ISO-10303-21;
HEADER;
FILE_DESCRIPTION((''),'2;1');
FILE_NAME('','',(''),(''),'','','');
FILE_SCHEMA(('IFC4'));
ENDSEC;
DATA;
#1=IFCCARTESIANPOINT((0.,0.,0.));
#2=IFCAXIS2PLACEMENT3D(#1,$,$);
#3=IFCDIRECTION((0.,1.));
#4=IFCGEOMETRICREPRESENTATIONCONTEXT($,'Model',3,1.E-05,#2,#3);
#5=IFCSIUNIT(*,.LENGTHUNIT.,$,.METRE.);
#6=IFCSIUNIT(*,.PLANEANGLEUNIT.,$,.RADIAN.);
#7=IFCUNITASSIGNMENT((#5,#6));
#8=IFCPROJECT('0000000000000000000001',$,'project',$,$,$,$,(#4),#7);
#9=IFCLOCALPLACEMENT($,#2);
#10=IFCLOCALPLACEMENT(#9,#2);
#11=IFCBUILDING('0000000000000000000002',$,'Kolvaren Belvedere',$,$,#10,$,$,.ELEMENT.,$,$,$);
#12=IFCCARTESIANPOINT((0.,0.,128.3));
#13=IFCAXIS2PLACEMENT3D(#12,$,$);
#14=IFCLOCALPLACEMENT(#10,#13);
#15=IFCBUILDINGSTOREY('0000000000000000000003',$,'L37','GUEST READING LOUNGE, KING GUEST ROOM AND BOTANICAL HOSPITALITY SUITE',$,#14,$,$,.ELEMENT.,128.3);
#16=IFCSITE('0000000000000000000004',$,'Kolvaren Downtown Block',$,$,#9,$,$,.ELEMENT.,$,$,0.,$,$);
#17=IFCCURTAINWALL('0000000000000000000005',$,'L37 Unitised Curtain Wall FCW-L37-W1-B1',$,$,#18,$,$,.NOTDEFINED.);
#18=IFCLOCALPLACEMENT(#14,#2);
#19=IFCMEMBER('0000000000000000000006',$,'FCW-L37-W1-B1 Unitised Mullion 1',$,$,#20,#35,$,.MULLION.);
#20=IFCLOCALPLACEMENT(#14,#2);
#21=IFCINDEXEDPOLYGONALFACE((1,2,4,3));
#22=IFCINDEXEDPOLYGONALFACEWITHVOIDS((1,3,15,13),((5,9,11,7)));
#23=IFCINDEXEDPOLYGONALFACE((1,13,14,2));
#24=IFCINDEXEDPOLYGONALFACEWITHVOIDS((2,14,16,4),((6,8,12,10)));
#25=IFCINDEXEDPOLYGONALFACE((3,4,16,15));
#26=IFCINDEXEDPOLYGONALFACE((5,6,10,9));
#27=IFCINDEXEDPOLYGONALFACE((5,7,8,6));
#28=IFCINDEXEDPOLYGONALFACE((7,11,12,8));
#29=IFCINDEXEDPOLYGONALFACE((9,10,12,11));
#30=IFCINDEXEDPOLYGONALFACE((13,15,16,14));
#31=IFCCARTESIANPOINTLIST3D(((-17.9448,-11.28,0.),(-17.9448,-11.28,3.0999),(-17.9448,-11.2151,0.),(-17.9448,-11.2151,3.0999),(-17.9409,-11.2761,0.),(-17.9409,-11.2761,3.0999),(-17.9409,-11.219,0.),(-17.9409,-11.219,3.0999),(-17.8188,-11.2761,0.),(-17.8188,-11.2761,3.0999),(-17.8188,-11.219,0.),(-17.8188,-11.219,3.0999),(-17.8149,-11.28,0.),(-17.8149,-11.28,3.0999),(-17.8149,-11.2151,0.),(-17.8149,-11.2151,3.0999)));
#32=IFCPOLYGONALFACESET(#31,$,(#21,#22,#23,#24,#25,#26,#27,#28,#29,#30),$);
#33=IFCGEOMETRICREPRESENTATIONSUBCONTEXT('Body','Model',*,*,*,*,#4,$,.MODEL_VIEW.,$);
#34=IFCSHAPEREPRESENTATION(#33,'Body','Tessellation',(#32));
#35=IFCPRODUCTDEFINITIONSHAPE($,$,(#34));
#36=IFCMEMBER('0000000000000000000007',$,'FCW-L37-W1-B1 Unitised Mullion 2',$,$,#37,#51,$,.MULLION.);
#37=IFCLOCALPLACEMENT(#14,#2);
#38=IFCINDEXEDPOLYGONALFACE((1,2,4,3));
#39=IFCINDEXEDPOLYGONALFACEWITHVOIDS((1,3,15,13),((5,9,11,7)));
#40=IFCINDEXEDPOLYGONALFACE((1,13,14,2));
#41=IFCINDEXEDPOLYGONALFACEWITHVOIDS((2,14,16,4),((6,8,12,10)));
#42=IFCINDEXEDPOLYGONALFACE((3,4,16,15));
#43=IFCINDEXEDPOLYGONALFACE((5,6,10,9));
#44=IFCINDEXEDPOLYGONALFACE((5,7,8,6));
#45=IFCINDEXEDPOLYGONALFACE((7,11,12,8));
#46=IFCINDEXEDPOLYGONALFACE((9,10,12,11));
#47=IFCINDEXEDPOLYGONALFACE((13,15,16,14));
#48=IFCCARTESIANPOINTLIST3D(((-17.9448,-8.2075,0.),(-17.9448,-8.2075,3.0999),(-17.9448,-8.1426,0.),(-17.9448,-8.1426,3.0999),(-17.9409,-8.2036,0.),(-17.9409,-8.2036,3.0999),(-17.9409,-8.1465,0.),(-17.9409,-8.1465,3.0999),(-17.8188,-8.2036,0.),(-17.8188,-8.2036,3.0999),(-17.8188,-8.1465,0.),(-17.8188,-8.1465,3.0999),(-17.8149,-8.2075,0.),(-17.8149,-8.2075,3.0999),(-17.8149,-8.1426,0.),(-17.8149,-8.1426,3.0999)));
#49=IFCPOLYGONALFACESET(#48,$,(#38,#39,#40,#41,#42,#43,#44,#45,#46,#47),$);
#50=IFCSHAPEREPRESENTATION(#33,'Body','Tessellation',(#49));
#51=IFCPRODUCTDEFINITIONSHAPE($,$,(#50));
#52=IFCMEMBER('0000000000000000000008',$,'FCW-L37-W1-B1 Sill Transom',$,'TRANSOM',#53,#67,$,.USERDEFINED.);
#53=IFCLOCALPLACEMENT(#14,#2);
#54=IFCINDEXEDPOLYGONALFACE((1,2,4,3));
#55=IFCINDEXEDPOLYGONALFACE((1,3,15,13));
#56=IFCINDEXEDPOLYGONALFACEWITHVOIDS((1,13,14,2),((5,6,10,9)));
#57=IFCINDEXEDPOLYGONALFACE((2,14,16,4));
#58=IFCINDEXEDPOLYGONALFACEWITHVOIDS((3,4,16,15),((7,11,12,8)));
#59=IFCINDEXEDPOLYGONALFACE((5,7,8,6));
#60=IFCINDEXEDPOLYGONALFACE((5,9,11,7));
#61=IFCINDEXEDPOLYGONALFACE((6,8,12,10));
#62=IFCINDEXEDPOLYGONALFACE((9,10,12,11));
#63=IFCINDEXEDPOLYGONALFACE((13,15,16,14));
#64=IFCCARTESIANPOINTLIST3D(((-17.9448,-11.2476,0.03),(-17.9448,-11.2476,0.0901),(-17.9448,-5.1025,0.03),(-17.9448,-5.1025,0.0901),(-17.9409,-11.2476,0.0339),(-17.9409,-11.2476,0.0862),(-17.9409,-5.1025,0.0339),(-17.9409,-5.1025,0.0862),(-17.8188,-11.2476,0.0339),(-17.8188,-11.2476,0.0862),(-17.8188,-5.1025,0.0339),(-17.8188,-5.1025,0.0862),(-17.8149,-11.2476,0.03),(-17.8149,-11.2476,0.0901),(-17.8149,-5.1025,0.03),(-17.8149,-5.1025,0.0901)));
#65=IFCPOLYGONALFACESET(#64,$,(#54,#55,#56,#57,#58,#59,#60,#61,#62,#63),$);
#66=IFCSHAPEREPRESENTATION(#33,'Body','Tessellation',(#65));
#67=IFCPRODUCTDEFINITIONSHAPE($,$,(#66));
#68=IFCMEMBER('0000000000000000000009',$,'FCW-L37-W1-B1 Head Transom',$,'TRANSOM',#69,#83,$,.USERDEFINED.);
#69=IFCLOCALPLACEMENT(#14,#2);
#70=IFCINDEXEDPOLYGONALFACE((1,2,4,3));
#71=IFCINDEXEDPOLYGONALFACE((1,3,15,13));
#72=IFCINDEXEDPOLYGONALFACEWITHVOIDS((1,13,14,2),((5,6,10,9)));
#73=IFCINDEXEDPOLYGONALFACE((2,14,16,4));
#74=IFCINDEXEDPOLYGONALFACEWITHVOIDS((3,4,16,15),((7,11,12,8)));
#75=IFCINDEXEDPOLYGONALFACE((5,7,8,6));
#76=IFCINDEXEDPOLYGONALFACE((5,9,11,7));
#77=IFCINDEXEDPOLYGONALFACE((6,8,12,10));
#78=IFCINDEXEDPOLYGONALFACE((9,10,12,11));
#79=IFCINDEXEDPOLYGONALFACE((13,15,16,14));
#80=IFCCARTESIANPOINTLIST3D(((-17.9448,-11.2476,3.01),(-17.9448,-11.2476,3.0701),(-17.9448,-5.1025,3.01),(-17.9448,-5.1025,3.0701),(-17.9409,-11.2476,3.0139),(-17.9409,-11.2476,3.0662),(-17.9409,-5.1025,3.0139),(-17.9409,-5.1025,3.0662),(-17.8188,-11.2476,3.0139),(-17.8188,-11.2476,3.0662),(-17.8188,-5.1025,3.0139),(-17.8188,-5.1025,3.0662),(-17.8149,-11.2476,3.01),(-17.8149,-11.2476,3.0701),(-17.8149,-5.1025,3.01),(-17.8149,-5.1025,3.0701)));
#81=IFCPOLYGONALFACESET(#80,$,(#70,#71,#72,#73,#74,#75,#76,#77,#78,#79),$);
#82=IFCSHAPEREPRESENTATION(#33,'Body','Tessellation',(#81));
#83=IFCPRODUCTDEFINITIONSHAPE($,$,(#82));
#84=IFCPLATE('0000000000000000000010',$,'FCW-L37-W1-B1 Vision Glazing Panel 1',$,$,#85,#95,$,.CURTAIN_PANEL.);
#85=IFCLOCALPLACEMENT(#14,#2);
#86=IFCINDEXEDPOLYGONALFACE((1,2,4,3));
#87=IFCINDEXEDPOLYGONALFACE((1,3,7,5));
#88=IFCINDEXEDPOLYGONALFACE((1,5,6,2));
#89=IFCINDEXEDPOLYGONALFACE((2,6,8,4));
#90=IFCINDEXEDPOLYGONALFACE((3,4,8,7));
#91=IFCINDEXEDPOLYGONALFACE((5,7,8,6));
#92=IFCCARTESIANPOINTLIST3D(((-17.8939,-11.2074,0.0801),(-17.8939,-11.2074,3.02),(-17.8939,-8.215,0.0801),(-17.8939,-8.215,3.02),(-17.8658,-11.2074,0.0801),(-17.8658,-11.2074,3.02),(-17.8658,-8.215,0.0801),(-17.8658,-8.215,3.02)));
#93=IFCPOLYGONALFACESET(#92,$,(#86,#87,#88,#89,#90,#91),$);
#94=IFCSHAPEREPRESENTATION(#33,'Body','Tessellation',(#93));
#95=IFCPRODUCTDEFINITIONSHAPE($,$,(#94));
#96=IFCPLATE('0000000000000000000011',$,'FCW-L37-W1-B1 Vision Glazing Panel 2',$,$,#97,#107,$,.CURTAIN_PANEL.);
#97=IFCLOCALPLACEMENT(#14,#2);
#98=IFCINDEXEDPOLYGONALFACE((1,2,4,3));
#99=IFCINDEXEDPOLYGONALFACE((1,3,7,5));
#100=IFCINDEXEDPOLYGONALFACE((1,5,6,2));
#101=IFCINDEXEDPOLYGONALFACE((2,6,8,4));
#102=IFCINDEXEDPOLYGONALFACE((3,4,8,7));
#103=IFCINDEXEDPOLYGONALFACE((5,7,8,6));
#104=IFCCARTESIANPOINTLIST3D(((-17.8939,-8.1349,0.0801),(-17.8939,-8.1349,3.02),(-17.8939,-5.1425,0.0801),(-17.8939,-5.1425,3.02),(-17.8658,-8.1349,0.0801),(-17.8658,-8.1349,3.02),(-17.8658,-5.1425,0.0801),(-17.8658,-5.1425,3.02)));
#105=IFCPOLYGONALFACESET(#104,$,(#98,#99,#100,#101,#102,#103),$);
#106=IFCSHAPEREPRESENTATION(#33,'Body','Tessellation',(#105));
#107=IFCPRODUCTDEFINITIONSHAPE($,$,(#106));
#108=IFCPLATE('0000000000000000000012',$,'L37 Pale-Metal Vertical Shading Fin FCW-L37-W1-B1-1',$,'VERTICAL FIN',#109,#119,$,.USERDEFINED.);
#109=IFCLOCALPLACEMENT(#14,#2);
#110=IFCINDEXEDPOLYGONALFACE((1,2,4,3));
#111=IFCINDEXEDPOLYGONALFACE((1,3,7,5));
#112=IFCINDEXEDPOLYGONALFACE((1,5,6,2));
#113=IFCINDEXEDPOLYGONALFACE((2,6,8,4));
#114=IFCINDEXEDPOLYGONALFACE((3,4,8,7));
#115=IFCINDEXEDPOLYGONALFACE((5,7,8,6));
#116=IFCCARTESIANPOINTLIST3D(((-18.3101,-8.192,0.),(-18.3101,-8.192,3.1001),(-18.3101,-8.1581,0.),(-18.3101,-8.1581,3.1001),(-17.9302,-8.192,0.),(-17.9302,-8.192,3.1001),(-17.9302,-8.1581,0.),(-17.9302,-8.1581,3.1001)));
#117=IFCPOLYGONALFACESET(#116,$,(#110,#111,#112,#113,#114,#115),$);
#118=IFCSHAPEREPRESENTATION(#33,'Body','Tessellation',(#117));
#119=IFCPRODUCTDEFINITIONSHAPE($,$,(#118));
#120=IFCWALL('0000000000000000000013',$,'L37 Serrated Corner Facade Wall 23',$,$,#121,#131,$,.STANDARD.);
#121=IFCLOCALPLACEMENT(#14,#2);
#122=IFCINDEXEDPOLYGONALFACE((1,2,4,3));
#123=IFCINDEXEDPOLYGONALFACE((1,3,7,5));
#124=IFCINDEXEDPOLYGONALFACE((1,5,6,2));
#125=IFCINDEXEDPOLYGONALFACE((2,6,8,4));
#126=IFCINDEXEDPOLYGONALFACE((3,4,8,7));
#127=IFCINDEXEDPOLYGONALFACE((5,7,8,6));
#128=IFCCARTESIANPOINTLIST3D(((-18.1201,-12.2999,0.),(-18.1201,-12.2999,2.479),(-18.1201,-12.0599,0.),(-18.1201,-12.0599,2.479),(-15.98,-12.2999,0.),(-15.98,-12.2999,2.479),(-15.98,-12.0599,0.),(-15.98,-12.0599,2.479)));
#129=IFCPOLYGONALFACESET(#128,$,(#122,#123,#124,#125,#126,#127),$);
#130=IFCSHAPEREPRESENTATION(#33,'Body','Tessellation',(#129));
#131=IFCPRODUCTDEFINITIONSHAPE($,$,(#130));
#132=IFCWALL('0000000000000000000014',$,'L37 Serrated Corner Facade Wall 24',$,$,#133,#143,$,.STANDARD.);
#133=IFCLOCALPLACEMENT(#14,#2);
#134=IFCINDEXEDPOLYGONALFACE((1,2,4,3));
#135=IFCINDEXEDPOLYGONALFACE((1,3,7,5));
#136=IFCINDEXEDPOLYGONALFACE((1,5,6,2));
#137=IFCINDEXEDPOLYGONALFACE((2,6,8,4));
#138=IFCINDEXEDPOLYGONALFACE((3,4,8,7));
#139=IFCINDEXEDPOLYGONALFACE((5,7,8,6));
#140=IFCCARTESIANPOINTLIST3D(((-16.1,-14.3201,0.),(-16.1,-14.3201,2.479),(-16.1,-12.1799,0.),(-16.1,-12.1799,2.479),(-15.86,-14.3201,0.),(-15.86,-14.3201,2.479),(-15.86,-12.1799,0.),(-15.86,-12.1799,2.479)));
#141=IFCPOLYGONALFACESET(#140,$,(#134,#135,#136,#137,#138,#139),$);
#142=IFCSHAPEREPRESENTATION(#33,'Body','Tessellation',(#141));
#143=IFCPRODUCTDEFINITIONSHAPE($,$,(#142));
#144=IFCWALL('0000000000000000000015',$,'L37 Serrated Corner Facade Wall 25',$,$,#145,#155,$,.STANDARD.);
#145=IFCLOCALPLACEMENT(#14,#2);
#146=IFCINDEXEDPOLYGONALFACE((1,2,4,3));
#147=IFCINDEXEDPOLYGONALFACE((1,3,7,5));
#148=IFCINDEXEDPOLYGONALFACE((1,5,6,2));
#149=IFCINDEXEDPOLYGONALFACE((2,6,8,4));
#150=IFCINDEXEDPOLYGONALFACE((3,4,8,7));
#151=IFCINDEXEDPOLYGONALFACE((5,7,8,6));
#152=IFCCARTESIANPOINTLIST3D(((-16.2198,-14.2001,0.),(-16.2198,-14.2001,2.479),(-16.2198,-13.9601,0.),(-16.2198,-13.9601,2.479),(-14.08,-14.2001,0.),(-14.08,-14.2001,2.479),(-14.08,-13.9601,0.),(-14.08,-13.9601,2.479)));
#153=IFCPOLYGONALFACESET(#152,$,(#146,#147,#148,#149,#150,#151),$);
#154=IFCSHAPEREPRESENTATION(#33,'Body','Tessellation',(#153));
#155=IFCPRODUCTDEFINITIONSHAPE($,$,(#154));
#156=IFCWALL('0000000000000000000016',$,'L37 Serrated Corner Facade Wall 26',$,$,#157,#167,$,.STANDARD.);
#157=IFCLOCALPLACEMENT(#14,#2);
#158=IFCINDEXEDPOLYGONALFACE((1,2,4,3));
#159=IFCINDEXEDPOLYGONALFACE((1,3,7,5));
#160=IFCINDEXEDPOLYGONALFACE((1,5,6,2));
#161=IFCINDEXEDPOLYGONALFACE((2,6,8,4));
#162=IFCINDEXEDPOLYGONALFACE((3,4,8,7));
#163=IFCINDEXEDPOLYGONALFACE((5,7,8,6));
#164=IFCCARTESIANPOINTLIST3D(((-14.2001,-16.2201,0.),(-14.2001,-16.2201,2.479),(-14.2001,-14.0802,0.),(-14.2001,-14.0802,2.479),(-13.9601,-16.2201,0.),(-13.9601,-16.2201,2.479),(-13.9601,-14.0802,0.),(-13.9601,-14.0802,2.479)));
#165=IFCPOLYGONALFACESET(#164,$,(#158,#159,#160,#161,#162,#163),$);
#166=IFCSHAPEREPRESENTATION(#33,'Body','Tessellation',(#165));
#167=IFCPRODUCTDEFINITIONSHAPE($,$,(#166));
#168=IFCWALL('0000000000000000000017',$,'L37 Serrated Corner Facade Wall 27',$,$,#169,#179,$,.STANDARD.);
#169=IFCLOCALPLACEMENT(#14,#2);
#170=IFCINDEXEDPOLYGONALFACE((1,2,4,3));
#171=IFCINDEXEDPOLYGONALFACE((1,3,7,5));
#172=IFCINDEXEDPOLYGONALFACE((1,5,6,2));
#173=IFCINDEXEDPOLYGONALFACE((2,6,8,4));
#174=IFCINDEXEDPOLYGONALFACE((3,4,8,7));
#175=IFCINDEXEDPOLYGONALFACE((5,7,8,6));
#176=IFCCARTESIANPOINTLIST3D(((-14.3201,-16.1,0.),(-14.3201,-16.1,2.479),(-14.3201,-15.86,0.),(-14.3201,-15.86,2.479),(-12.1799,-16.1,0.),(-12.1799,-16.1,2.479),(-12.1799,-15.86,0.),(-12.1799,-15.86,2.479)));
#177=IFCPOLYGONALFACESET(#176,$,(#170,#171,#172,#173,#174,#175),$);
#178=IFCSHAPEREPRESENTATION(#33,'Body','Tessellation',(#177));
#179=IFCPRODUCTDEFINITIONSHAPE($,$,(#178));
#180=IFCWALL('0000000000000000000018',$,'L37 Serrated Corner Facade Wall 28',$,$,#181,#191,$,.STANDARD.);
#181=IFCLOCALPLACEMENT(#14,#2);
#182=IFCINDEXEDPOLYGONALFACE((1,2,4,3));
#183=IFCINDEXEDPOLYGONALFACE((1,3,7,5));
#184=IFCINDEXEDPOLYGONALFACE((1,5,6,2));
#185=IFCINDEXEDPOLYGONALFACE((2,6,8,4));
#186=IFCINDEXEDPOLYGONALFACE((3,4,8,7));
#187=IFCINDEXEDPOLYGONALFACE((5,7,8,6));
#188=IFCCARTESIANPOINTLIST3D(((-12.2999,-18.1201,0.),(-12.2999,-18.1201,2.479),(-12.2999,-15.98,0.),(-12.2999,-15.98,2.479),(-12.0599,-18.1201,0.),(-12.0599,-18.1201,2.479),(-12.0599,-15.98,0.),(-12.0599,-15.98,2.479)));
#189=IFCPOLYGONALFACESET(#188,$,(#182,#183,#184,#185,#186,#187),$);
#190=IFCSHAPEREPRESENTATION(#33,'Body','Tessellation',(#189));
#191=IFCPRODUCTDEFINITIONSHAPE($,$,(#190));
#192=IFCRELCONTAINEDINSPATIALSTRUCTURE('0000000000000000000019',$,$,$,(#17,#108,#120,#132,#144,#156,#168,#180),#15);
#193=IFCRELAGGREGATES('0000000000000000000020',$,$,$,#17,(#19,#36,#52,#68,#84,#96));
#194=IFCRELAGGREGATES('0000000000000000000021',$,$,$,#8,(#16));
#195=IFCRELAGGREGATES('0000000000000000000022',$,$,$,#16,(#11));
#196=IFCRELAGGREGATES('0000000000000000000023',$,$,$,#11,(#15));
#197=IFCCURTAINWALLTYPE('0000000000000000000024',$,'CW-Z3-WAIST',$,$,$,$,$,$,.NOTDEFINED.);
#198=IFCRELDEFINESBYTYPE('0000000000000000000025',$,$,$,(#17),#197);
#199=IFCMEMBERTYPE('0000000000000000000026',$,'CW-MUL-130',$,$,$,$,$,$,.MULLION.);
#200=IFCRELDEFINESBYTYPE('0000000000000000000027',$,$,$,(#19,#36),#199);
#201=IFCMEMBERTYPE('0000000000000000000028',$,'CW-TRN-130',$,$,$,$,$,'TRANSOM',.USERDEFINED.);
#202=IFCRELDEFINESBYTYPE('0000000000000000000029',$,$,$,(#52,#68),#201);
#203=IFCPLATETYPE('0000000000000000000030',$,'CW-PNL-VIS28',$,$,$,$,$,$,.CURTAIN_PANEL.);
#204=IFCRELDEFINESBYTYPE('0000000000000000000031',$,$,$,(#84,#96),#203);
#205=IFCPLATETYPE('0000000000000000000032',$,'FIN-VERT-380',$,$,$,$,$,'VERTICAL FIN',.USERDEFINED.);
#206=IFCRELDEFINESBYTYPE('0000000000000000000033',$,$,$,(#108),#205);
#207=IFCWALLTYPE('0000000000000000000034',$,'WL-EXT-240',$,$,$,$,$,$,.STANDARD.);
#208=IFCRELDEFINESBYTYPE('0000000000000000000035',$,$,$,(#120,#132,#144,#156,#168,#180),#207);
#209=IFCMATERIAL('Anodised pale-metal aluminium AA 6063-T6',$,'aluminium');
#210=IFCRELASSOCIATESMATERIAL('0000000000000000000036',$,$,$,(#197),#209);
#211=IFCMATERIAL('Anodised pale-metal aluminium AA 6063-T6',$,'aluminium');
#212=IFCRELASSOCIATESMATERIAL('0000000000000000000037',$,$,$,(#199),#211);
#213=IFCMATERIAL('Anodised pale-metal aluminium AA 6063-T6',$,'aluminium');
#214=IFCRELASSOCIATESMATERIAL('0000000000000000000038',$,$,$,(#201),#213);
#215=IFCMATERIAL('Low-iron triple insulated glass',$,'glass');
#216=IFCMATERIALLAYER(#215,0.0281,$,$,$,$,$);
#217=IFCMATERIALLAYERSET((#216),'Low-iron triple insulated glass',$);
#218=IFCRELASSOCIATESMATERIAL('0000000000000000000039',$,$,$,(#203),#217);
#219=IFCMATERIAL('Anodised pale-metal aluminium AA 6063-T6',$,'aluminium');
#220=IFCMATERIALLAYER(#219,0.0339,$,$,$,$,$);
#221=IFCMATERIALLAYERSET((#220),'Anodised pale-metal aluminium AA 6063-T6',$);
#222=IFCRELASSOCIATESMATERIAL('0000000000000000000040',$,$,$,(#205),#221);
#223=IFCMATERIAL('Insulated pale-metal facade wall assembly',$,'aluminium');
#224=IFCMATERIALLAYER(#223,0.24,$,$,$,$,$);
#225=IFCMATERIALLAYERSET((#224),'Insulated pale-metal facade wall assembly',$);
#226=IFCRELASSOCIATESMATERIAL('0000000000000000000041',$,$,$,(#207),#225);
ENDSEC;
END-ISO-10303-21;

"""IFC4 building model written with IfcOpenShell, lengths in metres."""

from ifc_helpers import new_model, si_unit, direction, frame, frame_2d, origin, origin_2d, place, context, subcontext, project, spatial, rectangle, hollow_rectangle, extrude, material, layer, layer_set, material_profile, profile_set, type_object, element, aggregate, save


model = new_model("IFC4")

# Units and contexts
model_context = context("Model", 3, precision=1e-05, world=origin(), true_north=direction((0.0, 1.0)))
body_context = subcontext(model_context, "Body", "Model", "MODEL_VIEW")
ifc_project = project(units=[si_unit("LENGTHUNIT", "METRE"), si_unit("PLANEANGLEUNIT", "RADIAN")], contexts=[model_context])

# Site, building, storey
site_placement = place(None, origin())
site = spatial("IfcSite", under=ifc_project, at=site_placement, Name="Kolvaren Downtown Block", CompositionType="ELEMENT", RefElevation=0.0)
building_placement = place(site_placement, origin())
building = spatial("IfcBuilding", under=site, at=building_placement, Name="Kolvaren Belvedere", CompositionType="ELEMENT")
storey_placement = place(building_placement, frame((0.0, 0.0, 128.3)))
storey = spatial("IfcBuildingStorey", under=building, at=storey_placement, Name="L37", Description="GUEST READING LOUNGE, KING GUEST ROOM AND BOTANICAL HOSPITALITY SUITE", CompositionType="ELEMENT", Elevation=128.3)

# Shared definitions
ifc_material_1 = material(Name="Anodised pale-metal aluminium AA 6063-T6", Category="aluminium")
curtain_wall_type = type_object("IfcCurtainWallType", Name="CW-Z3-WAIST", PredefinedType="NOTDEFINED", material=ifc_material_1)
ifc_material_2 = material(Name="Anodised pale-metal aluminium AA 6063-T6", Category="aluminium")
ifc_material_profile_1 = material_profile(ifc_material_2, hollow_rectangle(XDim=0.0649, YDim=0.1299, WallThickness=0.0039, at=origin_2d()), Name="ALU-MUL-130X65")
ifc_profile_set_1 = profile_set([ifc_material_profile_1], Name="Anodised pale-metal aluminium AA 6063-T6")
member_type_1 = type_object("IfcMemberType", Name="CW-MUL-130", PredefinedType="MULLION", material=ifc_profile_set_1)

# Curtain wall, members, plates
curtain_wall_1_placement = place(storey_placement, origin())
curtain_wall_1 = element("IfcCurtainWall", 1, at=curtain_wall_1_placement, inside=storey, type_object=curtain_wall_type, Name="L37 Unitised Curtain Wall FCW-L37-W1-B1", PredefinedType="NOTDEFINED")
member_1_placement = place(storey_placement, frame((-17.8799, -11.2476, 0.0), z_axis=(0.0, 0.0, 1.0), x_axis=(0.0, 1.0, 0.0)))
member_1 = element("IfcMember", 2, at=member_1_placement, type_object=member_type_1, Name="FCW-L37-W1-B1 Unitised Mullion 1", PredefinedType="MULLION", context=body_context, shape_type="SweptSolid", body=[
    extrude(hollow_rectangle(XDim=0.0649, YDim=0.1299, WallThickness=0.0039, at=origin_2d()), origin(), (0.0, 0.0, 1.0), 3.0999),
])
member_2_placement = place(storey_placement, frame((-17.8799, -8.175, 0.0), z_axis=(0.0, 0.0, 1.0), x_axis=(0.0, 1.0, 0.0)))
member_2 = element("IfcMember", 3, at=member_2_placement, type_object=member_type_1, Name="FCW-L37-W1-B1 Unitised Mullion 2", PredefinedType="MULLION", context=body_context, shape_type="SweptSolid", body=[
    extrude(hollow_rectangle(XDim=0.0649, YDim=0.1299, WallThickness=0.0039, at=origin_2d()), origin(), (0.0, 0.0, 1.0), 3.0999),
])
ifc_material_3 = material(Name="Anodised pale-metal aluminium AA 6063-T6", Category="aluminium")
ifc_material_profile_2 = material_profile(ifc_material_3, hollow_rectangle(XDim=0.0601, YDim=0.1299, WallThickness=0.0039, at=origin_2d()), Name="ALU-TRN-130X60")
ifc_profile_set_2 = profile_set([ifc_material_profile_2], Name="Anodised pale-metal aluminium AA 6063-T6")
member_type_2 = type_object("IfcMemberType", Name="CW-TRN-130", ElementType="TRANSOM", PredefinedType="USERDEFINED", material=ifc_profile_set_2)
member_3_placement = place(storey_placement, frame((-17.8799, -11.2476, 0.0601), z_axis=(0.0, 1.0, 0.0), x_axis=(0.0, 0.0, 1.0)))
member_3 = element("IfcMember", 4, at=member_3_placement, type_object=member_type_2, Name="FCW-L37-W1-B1 Sill Transom", ObjectType="TRANSOM", PredefinedType="USERDEFINED", context=body_context, shape_type="SweptSolid", body=[
    extrude(hollow_rectangle(XDim=0.0601, YDim=0.1299, WallThickness=0.0039, at=origin_2d()), origin(), (0.0, 0.0, 1.0), 6.145),
])
member_4_placement = place(storey_placement, frame((-17.8799, -11.2476, 3.04), z_axis=(0.0, 1.0, 0.0), x_axis=(0.0, 0.0, 1.0)))
member_4 = element("IfcMember", 5, at=member_4_placement, type_object=member_type_2, Name="FCW-L37-W1-B1 Head Transom", ObjectType="TRANSOM", PredefinedType="USERDEFINED", context=body_context, shape_type="SweptSolid", body=[
    extrude(hollow_rectangle(XDim=0.0601, YDim=0.1299, WallThickness=0.0039, at=origin_2d()), origin(), (0.0, 0.0, 1.0), 6.145),
])
ifc_material_4 = material(Name="Low-iron triple insulated glass", Category="glass")
ifc_layer_1 = layer(ifc_material_4, 0.0281)
ifc_layer_set_1 = layer_set([ifc_layer_1], Name="Low-iron triple insulated glass")
plate_type_1 = type_object("IfcPlateType", Name="CW-PNL-VIS28", PredefinedType="CURTAIN_PANEL", material=ifc_layer_set_1)
plate_1_placement = place(storey_placement, frame((-17.8799, -9.7112, 0.0801), z_axis=(0.0, 0.0, 1.0), x_axis=(0.0, 1.0, 0.0)))
plate_1 = element("IfcPlate", 6, at=plate_1_placement, type_object=plate_type_1, Name="FCW-L37-W1-B1 Vision Glazing Panel 1", PredefinedType="CURTAIN_PANEL", context=body_context, shape_type="SweptSolid", body=[
    extrude(rectangle(XDim=2.9924, YDim=0.0281, at=origin_2d()), origin(), (0.0, 0.0, 1.0), 2.9399),
])
plate_2_placement = place(storey_placement, frame((-17.8799, -6.6387, 0.0801), z_axis=(0.0, 0.0, 1.0), x_axis=(0.0, 1.0, 0.0)))
plate_2 = element("IfcPlate", 7, at=plate_2_placement, type_object=plate_type_1, Name="FCW-L37-W1-B1 Vision Glazing Panel 2", PredefinedType="CURTAIN_PANEL", context=body_context, shape_type="SweptSolid", body=[
    extrude(rectangle(XDim=2.9924, YDim=0.0281, at=origin_2d()), origin(), (0.0, 0.0, 1.0), 2.9399),
])
aggregate(curtain_wall_1, [member_1, member_2, member_3, member_4, plate_1, plate_2])

# Plate
ifc_material_5 = material(Name="Anodised pale-metal aluminium AA 6063-T6", Category="aluminium")
ifc_layer_2 = layer(ifc_material_5, 0.0339)
ifc_layer_set_2 = layer_set([ifc_layer_2], Name="Anodised pale-metal aluminium AA 6063-T6")
plate_type_2 = type_object("IfcPlateType", Name="FIN-VERT-380", ElementType="VERTICAL FIN", PredefinedType="USERDEFINED", material=ifc_layer_set_2)
plate_3_placement = place(storey_placement, frame((-18.1201, -8.175, 0.0), z_axis=(0.0, 0.0, 1.0), x_axis=(1.0, 0.0, 0.0)))
element("IfcPlate", 8, at=plate_3_placement, inside=storey, type_object=plate_type_2, Name="L37 Pale-Metal Vertical Shading Fin FCW-L37-W1-B1-1", ObjectType="VERTICAL FIN", PredefinedType="USERDEFINED", context=body_context, shape_type="SweptSolid", body=[
    extrude(rectangle(XDim=0.3799, YDim=0.0339, at=origin_2d()), origin(), (0.0, 0.0, 1.0), 3.1001),
])

# Walls
ifc_material_6 = material(Name="Insulated pale-metal facade wall assembly", Category="aluminium")
ifc_layer_3 = layer(ifc_material_6, 0.24)
ifc_layer_set_3 = layer_set([ifc_layer_3], Name="Insulated pale-metal facade wall assembly")
wall_type_1 = type_object("IfcWallType", Name="WL-EXT-240", PredefinedType="STANDARD", material=ifc_layer_set_3)
for number, where, z_axis, x_axis, name in (
    (9, (-15.98, -12.1799, 0.0), (0.0, 0.0, 1.0), (-1.0, 0.0, 0.0), "L37 Serrated Corner Facade Wall 23"),
    (10, (-15.98, -14.3201, 0.0), (0.0, 0.0, 1.0), (0.0, 1.0, 0.0), "L37 Serrated Corner Facade Wall 24"),
):
    element("IfcWall", number, at=place(storey_placement, frame(where, z_axis=z_axis, x_axis=x_axis)), inside=storey, type_object=wall_type_1, Name=name, PredefinedType="STANDARD", context=body_context, shape_type="SweptSolid", body=[
        extrude(rectangle(XDim=2.1401, YDim=0.24, at=frame_2d((1.0701, 0.0))), origin(), (0.0, 0.0, 1.0), 2.479),
    ])
for number, where, z_axis, x_axis, name in (
    (11, (-14.0801, -14.0801, 0.0), (0.0, 0.0, 1.0), (-1.0, 0.0, 0.0), "L37 Serrated Corner Facade Wall 25"),
    (12, (-14.0801, -16.22, 0.0), (0.0, 0.0, 1.0), (0.0, 1.0, 0.0), "L37 Serrated Corner Facade Wall 26"),
):
    element("IfcWall", number, at=place(storey_placement, frame(where, z_axis=z_axis, x_axis=x_axis)), inside=storey, type_object=wall_type_1, Name=name, PredefinedType="STANDARD", context=body_context, shape_type="SweptSolid", body=[
        extrude(rectangle(XDim=2.1399, YDim=0.24, at=frame_2d((1.0698, 0.0))), origin(), (0.0, 0.0, 1.0), 2.479),
    ])
for number, where, z_axis, x_axis, name in (
    (13, (-12.1799, -15.98, 0.0), (0.0, 0.0, 1.0), (-1.0, 0.0, 0.0), "L37 Serrated Corner Facade Wall 27"),
    (14, (-12.1799, -18.1201, 0.0), (0.0, 0.0, 1.0), (0.0, 1.0, 0.0), "L37 Serrated Corner Facade Wall 28"),
):
    element("IfcWall", number, at=place(storey_placement, frame(where, z_axis=z_axis, x_axis=x_axis)), inside=storey, type_object=wall_type_1, Name=name, PredefinedType="STANDARD", context=body_context, shape_type="SweptSolid", body=[
        extrude(rectangle(XDim=2.1401, YDim=0.24, at=frame_2d((1.0701, 0.0))), origin(), (0.0, 0.0, 1.0), 2.479),
    ])

save(model, "model.ifc")
